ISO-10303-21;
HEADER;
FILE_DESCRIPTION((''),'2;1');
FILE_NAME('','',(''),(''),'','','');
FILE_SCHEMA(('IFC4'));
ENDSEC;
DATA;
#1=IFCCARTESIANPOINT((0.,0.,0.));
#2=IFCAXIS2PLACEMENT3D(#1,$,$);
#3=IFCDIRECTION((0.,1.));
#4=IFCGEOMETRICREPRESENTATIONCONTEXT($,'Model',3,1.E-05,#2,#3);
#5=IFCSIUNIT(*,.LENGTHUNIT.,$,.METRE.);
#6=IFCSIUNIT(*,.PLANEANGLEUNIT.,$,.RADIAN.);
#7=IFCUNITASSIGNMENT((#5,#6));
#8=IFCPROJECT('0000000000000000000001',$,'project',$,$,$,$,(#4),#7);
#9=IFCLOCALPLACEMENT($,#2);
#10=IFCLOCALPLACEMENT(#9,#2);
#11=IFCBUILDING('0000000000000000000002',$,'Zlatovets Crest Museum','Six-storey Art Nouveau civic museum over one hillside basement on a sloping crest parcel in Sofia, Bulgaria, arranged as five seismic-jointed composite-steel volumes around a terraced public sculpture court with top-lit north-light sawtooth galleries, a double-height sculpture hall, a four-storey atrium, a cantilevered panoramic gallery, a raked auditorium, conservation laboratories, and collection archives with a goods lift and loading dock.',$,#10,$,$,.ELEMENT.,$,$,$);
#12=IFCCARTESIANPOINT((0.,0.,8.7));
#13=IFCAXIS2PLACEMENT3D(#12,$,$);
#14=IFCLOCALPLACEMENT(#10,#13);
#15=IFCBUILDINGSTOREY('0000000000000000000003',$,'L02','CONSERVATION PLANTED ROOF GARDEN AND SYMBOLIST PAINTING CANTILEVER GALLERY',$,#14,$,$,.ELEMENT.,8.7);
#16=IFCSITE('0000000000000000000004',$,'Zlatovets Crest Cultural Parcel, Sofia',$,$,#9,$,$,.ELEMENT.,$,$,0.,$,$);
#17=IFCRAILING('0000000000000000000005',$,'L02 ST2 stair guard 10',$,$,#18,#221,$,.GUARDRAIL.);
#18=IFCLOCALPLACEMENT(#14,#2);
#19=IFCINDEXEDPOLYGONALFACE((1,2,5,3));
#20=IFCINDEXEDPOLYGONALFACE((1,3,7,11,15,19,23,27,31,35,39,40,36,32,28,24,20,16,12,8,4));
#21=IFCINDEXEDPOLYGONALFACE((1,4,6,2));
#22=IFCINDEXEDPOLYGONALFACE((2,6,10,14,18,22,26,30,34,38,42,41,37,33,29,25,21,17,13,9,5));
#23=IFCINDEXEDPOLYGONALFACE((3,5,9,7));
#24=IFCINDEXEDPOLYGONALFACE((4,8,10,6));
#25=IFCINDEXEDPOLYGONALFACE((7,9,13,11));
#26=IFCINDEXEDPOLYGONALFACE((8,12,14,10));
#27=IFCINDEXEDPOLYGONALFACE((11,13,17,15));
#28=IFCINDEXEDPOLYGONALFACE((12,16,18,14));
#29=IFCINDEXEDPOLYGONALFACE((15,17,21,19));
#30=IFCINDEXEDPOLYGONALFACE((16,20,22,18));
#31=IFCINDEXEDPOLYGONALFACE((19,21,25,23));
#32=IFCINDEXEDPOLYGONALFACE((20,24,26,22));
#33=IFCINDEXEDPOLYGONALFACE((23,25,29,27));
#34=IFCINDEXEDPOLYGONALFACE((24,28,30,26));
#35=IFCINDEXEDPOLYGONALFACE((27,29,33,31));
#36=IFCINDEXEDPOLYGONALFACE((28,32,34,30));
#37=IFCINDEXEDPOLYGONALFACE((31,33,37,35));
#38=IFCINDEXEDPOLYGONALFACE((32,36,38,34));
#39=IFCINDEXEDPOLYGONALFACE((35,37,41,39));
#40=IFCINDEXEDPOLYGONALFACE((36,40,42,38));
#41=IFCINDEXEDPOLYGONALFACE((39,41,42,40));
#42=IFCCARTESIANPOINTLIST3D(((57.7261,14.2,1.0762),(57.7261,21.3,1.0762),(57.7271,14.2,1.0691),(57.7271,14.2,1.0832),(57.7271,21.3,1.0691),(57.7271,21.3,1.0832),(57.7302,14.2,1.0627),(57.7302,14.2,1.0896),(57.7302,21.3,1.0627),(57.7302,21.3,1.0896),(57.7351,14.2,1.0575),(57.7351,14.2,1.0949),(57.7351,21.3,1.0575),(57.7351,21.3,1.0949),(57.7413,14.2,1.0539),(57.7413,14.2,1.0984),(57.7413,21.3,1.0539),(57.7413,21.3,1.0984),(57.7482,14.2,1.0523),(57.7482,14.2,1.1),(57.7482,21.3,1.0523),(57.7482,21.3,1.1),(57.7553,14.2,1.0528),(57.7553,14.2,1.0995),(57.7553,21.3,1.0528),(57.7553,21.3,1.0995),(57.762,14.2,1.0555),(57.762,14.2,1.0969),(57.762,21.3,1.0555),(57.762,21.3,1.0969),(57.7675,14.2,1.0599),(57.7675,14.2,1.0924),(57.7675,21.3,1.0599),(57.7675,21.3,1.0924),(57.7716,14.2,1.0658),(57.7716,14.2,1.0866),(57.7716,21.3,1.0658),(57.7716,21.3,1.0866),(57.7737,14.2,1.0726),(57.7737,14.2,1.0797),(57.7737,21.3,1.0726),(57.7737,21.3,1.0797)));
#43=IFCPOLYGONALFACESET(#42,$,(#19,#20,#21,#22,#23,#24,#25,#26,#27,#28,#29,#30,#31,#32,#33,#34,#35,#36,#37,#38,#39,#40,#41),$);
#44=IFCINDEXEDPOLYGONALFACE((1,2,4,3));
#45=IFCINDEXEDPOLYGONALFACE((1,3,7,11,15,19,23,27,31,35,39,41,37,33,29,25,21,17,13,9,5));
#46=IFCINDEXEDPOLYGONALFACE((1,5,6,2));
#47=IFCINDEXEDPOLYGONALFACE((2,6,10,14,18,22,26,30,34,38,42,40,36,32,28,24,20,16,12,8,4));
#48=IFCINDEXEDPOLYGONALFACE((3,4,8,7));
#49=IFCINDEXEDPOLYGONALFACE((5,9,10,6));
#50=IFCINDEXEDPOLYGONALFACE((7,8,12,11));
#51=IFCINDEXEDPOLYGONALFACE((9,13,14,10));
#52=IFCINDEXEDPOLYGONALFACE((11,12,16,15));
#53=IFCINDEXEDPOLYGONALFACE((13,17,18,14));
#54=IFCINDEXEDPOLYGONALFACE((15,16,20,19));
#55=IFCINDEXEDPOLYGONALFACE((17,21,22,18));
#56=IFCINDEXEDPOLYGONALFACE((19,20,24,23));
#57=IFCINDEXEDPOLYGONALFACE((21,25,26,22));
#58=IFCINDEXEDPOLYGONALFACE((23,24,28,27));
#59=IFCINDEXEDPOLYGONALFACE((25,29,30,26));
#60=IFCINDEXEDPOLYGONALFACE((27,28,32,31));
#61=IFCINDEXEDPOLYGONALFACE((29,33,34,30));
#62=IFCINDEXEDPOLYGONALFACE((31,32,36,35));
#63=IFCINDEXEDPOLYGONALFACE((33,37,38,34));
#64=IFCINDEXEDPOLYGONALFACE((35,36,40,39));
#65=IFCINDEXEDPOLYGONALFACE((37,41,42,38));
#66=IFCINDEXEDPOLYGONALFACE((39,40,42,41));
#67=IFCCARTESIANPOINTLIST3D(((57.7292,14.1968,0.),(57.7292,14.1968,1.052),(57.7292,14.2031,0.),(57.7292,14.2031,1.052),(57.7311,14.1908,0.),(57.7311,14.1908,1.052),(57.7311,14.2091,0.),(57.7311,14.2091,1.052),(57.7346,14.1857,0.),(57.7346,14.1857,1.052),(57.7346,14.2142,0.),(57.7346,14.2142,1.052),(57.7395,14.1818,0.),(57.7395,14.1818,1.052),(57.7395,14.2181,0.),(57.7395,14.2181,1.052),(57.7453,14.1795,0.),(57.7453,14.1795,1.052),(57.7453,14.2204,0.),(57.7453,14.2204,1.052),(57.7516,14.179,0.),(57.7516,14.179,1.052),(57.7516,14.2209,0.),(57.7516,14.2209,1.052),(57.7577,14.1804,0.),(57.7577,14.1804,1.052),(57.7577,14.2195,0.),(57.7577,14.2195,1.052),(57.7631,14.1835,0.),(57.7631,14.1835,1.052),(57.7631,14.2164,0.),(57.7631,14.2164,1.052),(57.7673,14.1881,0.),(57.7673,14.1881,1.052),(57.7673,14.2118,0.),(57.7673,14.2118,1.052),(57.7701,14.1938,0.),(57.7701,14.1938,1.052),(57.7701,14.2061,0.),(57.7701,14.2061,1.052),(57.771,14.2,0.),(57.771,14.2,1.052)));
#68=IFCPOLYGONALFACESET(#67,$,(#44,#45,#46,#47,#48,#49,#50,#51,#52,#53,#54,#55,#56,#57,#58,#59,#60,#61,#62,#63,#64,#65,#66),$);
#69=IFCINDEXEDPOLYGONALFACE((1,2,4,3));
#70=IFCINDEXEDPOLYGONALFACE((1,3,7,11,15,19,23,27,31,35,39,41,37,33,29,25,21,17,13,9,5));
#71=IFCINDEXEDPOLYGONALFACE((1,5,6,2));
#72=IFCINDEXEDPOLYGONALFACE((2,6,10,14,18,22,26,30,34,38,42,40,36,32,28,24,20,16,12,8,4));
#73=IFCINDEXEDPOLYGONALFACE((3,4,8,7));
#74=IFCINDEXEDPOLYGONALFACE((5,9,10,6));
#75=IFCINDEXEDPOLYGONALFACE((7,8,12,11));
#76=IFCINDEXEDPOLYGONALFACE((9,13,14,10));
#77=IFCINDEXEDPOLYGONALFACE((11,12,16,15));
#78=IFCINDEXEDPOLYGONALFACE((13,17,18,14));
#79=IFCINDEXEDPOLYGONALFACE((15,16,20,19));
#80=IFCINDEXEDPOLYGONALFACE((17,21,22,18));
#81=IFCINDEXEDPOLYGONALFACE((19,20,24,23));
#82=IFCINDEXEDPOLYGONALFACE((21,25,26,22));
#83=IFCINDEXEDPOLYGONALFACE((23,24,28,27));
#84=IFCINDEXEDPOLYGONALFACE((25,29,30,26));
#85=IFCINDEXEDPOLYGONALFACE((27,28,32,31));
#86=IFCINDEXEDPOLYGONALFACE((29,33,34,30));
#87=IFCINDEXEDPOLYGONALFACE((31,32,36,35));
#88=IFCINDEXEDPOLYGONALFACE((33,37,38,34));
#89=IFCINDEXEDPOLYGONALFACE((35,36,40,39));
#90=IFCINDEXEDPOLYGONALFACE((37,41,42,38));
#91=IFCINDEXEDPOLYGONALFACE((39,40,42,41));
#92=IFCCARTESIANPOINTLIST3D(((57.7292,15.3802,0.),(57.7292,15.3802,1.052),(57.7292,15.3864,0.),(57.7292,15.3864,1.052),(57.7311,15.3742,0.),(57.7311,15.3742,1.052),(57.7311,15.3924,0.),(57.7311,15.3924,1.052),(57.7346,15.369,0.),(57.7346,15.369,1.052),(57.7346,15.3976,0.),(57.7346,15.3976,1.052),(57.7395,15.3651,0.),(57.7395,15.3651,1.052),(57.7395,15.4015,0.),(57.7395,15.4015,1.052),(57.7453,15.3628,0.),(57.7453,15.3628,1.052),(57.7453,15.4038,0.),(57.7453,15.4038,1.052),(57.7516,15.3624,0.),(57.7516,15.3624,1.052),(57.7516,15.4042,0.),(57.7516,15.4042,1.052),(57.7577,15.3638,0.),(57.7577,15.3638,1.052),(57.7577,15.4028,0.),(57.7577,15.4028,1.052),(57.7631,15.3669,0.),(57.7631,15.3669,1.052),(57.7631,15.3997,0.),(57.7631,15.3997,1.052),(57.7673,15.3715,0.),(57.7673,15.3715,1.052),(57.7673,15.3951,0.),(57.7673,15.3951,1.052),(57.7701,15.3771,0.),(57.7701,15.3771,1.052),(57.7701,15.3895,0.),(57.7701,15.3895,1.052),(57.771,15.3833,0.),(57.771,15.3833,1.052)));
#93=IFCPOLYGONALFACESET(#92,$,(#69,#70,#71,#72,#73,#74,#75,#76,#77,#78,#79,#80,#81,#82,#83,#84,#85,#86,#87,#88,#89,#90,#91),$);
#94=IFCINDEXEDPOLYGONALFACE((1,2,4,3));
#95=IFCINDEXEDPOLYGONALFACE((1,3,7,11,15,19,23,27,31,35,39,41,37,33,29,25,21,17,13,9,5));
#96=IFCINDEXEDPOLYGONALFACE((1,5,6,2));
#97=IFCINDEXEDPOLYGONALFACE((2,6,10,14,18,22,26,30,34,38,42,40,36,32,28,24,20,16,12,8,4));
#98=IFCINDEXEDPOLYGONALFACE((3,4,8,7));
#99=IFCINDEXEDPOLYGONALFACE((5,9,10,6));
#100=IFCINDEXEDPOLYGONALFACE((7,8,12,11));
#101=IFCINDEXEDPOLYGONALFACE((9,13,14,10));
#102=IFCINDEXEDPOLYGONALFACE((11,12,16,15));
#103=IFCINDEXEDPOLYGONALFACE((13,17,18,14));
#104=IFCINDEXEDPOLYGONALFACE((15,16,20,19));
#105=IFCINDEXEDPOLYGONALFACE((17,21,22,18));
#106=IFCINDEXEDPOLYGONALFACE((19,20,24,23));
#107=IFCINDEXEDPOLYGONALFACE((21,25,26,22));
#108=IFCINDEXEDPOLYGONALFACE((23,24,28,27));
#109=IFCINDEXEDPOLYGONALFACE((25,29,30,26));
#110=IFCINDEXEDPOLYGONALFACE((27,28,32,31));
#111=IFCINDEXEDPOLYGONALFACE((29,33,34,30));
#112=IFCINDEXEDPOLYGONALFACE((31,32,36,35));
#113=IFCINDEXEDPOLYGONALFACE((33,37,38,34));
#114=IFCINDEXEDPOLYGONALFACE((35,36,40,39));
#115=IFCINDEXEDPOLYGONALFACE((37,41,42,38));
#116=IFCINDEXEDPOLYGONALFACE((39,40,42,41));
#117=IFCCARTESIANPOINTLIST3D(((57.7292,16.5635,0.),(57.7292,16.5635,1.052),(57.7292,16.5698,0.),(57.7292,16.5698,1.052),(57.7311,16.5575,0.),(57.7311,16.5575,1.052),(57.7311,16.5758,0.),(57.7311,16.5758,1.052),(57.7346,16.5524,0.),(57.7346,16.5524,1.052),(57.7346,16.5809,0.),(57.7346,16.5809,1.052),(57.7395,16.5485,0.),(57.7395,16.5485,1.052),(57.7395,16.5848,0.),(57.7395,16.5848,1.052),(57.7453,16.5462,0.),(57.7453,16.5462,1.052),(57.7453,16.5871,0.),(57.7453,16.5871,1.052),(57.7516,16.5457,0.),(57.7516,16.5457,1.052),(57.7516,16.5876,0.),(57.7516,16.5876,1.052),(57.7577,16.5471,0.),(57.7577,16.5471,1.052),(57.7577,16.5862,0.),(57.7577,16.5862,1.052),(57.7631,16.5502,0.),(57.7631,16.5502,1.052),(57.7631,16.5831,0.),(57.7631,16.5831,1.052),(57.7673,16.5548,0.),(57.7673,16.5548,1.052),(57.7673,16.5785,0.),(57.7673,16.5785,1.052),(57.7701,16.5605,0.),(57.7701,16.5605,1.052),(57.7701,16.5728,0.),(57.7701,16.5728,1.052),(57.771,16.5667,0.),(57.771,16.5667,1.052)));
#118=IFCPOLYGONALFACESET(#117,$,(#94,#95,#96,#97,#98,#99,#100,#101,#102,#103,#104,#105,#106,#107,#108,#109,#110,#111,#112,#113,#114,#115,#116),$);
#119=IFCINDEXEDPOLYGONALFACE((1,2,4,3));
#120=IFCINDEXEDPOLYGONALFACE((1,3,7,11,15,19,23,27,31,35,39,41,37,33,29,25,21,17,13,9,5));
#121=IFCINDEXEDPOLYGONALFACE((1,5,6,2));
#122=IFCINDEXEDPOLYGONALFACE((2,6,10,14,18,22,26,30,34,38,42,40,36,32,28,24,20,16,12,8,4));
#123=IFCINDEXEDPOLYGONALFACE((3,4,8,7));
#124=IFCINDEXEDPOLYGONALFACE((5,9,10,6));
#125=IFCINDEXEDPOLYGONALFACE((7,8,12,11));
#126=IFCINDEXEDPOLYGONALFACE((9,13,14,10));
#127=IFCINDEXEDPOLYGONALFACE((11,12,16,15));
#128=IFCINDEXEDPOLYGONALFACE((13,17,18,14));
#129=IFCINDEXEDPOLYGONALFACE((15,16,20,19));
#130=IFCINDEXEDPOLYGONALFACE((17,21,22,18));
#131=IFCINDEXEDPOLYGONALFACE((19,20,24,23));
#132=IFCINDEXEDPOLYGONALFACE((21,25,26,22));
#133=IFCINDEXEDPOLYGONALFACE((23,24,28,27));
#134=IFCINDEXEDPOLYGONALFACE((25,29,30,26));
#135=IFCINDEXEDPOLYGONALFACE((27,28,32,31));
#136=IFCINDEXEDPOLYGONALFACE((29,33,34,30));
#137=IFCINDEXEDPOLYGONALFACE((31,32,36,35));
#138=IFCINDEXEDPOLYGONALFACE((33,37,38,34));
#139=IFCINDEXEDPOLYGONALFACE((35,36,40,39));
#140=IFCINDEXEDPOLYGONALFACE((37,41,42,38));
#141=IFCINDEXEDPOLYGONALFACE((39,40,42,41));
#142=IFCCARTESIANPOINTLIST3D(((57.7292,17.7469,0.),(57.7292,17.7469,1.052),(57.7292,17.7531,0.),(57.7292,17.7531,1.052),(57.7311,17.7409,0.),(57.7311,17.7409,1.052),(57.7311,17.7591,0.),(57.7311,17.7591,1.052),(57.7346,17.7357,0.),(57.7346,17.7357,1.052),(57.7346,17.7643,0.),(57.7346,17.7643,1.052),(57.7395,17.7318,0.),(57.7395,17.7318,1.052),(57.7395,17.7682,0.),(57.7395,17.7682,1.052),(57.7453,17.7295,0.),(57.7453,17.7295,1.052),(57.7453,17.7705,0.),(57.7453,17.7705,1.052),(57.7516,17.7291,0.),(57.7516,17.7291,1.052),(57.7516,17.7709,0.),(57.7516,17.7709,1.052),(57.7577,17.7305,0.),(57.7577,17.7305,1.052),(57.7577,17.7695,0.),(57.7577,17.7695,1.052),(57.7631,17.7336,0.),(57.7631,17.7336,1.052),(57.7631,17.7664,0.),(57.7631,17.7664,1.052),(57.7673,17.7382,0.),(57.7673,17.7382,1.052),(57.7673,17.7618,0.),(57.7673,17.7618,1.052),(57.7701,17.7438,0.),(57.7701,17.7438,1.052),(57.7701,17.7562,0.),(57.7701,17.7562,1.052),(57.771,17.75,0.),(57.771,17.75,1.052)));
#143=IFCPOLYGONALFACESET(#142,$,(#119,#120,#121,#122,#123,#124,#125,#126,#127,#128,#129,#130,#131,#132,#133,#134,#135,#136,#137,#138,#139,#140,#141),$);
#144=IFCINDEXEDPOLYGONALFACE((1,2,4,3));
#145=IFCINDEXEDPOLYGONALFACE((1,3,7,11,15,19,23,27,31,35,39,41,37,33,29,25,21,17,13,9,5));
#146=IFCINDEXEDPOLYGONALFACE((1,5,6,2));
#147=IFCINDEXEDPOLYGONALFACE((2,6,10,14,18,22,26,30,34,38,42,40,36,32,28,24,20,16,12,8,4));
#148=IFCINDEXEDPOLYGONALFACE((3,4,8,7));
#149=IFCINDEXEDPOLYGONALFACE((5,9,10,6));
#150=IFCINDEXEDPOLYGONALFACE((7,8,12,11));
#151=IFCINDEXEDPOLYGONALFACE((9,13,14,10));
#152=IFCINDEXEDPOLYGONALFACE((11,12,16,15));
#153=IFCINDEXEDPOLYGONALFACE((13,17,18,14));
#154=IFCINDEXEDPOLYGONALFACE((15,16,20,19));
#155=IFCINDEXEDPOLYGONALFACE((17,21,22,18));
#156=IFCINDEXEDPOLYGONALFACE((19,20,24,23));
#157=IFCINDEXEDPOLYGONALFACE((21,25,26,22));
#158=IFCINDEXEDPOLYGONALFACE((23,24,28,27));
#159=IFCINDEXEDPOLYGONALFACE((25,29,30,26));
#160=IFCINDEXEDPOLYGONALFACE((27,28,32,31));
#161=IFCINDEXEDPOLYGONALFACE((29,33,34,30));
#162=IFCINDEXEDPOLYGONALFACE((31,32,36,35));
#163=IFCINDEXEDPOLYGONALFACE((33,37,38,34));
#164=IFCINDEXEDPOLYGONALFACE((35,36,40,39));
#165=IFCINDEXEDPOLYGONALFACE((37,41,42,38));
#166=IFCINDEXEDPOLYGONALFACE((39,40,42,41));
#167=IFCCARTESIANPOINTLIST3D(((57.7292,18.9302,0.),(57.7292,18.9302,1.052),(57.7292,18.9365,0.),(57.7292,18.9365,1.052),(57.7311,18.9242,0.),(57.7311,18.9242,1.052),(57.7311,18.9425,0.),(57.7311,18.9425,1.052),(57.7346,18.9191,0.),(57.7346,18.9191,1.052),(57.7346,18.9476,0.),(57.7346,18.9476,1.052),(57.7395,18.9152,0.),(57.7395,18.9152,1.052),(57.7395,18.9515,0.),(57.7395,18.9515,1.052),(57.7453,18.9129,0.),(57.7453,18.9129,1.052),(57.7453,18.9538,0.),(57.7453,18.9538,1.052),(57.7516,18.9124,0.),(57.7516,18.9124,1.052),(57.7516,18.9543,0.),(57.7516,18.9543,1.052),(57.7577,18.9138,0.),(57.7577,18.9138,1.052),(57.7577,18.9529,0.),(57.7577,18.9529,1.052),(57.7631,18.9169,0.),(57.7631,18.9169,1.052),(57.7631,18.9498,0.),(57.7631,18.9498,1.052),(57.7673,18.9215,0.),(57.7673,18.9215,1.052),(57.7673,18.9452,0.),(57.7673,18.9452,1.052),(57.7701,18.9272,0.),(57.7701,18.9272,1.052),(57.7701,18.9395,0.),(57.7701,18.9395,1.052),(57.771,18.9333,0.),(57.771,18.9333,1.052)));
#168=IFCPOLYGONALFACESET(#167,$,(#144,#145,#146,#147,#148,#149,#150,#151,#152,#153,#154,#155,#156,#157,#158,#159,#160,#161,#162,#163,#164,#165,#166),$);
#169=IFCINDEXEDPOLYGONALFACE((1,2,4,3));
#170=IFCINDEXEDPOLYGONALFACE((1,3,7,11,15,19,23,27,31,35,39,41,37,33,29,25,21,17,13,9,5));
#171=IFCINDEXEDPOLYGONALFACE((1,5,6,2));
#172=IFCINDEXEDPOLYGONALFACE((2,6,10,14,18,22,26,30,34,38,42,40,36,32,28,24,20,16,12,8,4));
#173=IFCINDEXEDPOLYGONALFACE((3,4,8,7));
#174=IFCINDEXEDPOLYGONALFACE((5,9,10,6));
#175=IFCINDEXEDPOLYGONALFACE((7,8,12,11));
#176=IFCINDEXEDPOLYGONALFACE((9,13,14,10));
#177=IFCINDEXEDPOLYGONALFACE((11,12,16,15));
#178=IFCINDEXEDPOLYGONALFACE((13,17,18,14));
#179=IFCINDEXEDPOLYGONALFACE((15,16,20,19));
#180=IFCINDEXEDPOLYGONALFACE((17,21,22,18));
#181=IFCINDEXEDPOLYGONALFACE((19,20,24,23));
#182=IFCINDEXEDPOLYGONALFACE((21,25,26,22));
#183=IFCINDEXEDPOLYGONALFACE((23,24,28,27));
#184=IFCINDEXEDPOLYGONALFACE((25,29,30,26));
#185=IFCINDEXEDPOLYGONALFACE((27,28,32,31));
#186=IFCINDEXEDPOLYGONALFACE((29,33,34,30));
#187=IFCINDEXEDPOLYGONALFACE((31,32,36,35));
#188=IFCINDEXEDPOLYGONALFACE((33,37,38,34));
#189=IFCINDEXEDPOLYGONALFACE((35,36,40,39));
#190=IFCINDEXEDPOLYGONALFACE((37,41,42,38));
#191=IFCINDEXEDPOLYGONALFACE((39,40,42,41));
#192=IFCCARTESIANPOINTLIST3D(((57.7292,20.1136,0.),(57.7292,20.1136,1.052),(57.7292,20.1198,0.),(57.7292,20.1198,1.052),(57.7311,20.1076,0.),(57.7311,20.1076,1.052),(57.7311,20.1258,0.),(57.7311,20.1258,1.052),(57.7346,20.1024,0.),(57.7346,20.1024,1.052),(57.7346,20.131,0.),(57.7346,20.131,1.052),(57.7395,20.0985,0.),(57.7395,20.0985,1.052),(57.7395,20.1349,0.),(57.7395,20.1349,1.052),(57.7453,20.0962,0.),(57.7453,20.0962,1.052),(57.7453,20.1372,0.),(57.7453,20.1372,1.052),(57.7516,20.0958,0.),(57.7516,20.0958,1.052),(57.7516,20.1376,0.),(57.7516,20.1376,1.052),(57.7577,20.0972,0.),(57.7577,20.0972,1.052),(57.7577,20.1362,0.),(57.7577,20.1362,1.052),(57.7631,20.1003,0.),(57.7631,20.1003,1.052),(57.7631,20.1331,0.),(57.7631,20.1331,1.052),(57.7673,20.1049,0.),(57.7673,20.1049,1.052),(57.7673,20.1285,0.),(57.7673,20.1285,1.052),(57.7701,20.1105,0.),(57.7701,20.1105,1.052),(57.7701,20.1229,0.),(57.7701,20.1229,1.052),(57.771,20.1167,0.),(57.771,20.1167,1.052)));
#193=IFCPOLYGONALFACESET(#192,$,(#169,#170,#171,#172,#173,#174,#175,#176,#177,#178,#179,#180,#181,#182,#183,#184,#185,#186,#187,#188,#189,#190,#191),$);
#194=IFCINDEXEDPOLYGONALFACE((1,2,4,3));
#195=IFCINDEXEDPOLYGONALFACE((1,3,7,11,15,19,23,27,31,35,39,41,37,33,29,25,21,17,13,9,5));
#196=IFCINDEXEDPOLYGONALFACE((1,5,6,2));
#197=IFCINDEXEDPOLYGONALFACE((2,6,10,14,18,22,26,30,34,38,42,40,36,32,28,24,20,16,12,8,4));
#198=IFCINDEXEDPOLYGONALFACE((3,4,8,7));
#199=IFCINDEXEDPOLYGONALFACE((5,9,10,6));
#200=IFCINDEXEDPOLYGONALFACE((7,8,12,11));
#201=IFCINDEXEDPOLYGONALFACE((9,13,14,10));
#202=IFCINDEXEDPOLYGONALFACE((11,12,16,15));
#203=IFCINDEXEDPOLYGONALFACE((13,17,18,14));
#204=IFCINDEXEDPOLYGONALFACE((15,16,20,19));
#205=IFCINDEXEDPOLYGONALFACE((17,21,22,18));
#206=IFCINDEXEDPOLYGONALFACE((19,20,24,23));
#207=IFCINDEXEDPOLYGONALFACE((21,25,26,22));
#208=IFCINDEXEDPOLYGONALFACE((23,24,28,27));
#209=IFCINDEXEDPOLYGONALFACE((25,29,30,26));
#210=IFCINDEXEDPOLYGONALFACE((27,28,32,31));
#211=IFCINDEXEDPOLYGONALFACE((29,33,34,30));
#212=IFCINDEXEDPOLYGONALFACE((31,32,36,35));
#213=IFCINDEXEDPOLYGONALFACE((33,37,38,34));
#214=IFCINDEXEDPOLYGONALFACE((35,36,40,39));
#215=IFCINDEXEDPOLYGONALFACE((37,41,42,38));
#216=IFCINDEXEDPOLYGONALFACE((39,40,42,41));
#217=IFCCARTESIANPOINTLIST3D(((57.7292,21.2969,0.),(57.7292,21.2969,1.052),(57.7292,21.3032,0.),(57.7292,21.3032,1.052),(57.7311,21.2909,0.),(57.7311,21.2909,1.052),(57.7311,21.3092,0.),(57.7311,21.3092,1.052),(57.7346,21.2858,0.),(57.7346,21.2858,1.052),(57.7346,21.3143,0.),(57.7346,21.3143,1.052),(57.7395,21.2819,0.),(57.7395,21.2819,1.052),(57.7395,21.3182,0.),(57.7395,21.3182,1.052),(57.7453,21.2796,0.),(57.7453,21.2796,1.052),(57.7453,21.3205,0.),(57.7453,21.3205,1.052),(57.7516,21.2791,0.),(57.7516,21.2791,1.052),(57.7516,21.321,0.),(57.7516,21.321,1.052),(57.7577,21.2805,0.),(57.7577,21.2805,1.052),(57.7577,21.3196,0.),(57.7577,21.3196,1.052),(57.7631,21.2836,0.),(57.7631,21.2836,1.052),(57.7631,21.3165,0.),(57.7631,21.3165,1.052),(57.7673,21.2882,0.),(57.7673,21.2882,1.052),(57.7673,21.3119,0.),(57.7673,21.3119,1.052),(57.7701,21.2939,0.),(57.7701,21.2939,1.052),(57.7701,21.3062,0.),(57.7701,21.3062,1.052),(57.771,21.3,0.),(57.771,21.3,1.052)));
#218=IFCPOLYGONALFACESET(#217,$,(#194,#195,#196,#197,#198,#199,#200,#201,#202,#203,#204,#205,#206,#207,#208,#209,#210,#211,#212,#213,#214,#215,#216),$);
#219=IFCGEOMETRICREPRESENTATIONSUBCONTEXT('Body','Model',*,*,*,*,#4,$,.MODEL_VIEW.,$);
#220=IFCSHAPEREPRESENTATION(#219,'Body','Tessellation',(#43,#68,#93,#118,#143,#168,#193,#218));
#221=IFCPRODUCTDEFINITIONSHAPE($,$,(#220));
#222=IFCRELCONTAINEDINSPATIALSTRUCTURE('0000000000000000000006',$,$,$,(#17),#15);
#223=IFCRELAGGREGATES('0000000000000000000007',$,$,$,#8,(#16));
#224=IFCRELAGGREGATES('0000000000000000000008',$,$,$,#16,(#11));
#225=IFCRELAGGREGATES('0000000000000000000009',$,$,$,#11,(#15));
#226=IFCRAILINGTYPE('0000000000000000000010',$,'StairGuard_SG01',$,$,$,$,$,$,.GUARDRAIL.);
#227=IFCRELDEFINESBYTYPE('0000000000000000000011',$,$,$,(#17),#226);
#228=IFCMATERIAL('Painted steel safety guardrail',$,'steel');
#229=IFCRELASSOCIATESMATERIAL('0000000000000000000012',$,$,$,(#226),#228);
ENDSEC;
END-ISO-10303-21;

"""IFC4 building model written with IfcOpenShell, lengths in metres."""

from ifc_helpers import new_model, si_unit, direction, frame, origin, origin_2d, place, context, subcontext, project, spatial, circle, extrude, material, type_object, element, save


model = new_model("IFC4")

# Units and contexts
model_context = context("Model", 3, precision=1e-05, world=origin(), true_north=direction((0.0, 1.0)))
body_context = subcontext(model_context, "Body", "Model", "MODEL_VIEW")
ifc_project = project(units=[si_unit("LENGTHUNIT", "METRE"), si_unit("PLANEANGLEUNIT", "RADIAN")], contexts=[model_context])

# Site, building, storey
site_placement = place(None, origin())
site = spatial("IfcSite", under=ifc_project, at=site_placement, Name="Zlatovets Crest Cultural Parcel, Sofia", CompositionType="ELEMENT", RefElevation=0.0)
building_placement = place(site_placement, origin())
building = spatial("IfcBuilding", under=site, at=building_placement, Name="Zlatovets Crest Museum", Description="Six-storey Art Nouveau civic museum over one hillside basement on a sloping crest parcel in Sofia, Bulgaria, arranged as five seismic-jointed composite-steel volumes around a terraced public sculpture court with top-lit north-light sawtooth galleries, a double-height sculpture hall, a four-storey atrium, a cantilevered panoramic gallery, a raked auditorium, conservation laboratories, and collection archives with a goods lift and loading dock.", CompositionType="ELEMENT")
storey_placement = place(building_placement, frame((0.0, 0.0, 8.7)))
storey = spatial("IfcBuildingStorey", under=building, at=storey_placement, Name="L02", Description="CONSERVATION PLANTED ROOF GARDEN AND SYMBOLIST PAINTING CANTILEVER GALLERY", CompositionType="ELEMENT", Elevation=8.7)

# Railing
ifc_material_1 = material(Name="Painted steel safety guardrail", Category="steel")
railing_type_1 = type_object("IfcRailingType", Name="StairGuard_SG01", PredefinedType="GUARDRAIL", material=ifc_material_1)
for number, where, name in (
    (1, (57.75, 14.2, 0.0), "L02 ST2 stair guard 10"),
):
    element("IfcRailing", number, at=place(storey_placement, frame(where)), inside=storey, type_object=railing_type_1, Name=name, PredefinedType="GUARDRAIL", context=body_context, shape_type="SweptSolid", body=[
        extrude(circle(Radius=0.0239, at=origin_2d()), frame((0.0, 0.0, 1.0762), z_axis=(0.0, 1.0, 0.0), x_axis=(-1.0, 0.0, 0.0)), (0.0, 0.0, 1.0), 7.1001),
        extrude(circle(Radius=0.021, at=origin_2d()), origin(), (0.0, 0.0, 1.0), 1.052),
        extrude(circle(Radius=0.021, at=origin_2d()), frame((0.0, 1.1833, 0.0)), (0.0, 0.0, 1.0), 1.052),
        extrude(circle(Radius=0.021, at=origin_2d()), frame((0.0, 2.3667, 0.0)), (0.0, 0.0, 1.0), 1.052),
        extrude(circle(Radius=0.021, at=origin_2d()), frame((0.0, 3.55, 0.0)), (0.0, 0.0, 1.0), 1.052),
        extrude(circle(Radius=0.021, at=origin_2d()), frame((0.0, 4.7334, 0.0)), (0.0, 0.0, 1.0), 1.052),
        extrude(circle(Radius=0.021, at=origin_2d()), frame((0.0, 5.9167, 0.0)), (0.0, 0.0, 1.0), 1.052),
        extrude(circle(Radius=0.021, at=origin_2d()), frame((0.0, 7.1001, 0.0)), (0.0, 0.0, 1.0), 1.052),
    ])

save(model, "model.ifc")
